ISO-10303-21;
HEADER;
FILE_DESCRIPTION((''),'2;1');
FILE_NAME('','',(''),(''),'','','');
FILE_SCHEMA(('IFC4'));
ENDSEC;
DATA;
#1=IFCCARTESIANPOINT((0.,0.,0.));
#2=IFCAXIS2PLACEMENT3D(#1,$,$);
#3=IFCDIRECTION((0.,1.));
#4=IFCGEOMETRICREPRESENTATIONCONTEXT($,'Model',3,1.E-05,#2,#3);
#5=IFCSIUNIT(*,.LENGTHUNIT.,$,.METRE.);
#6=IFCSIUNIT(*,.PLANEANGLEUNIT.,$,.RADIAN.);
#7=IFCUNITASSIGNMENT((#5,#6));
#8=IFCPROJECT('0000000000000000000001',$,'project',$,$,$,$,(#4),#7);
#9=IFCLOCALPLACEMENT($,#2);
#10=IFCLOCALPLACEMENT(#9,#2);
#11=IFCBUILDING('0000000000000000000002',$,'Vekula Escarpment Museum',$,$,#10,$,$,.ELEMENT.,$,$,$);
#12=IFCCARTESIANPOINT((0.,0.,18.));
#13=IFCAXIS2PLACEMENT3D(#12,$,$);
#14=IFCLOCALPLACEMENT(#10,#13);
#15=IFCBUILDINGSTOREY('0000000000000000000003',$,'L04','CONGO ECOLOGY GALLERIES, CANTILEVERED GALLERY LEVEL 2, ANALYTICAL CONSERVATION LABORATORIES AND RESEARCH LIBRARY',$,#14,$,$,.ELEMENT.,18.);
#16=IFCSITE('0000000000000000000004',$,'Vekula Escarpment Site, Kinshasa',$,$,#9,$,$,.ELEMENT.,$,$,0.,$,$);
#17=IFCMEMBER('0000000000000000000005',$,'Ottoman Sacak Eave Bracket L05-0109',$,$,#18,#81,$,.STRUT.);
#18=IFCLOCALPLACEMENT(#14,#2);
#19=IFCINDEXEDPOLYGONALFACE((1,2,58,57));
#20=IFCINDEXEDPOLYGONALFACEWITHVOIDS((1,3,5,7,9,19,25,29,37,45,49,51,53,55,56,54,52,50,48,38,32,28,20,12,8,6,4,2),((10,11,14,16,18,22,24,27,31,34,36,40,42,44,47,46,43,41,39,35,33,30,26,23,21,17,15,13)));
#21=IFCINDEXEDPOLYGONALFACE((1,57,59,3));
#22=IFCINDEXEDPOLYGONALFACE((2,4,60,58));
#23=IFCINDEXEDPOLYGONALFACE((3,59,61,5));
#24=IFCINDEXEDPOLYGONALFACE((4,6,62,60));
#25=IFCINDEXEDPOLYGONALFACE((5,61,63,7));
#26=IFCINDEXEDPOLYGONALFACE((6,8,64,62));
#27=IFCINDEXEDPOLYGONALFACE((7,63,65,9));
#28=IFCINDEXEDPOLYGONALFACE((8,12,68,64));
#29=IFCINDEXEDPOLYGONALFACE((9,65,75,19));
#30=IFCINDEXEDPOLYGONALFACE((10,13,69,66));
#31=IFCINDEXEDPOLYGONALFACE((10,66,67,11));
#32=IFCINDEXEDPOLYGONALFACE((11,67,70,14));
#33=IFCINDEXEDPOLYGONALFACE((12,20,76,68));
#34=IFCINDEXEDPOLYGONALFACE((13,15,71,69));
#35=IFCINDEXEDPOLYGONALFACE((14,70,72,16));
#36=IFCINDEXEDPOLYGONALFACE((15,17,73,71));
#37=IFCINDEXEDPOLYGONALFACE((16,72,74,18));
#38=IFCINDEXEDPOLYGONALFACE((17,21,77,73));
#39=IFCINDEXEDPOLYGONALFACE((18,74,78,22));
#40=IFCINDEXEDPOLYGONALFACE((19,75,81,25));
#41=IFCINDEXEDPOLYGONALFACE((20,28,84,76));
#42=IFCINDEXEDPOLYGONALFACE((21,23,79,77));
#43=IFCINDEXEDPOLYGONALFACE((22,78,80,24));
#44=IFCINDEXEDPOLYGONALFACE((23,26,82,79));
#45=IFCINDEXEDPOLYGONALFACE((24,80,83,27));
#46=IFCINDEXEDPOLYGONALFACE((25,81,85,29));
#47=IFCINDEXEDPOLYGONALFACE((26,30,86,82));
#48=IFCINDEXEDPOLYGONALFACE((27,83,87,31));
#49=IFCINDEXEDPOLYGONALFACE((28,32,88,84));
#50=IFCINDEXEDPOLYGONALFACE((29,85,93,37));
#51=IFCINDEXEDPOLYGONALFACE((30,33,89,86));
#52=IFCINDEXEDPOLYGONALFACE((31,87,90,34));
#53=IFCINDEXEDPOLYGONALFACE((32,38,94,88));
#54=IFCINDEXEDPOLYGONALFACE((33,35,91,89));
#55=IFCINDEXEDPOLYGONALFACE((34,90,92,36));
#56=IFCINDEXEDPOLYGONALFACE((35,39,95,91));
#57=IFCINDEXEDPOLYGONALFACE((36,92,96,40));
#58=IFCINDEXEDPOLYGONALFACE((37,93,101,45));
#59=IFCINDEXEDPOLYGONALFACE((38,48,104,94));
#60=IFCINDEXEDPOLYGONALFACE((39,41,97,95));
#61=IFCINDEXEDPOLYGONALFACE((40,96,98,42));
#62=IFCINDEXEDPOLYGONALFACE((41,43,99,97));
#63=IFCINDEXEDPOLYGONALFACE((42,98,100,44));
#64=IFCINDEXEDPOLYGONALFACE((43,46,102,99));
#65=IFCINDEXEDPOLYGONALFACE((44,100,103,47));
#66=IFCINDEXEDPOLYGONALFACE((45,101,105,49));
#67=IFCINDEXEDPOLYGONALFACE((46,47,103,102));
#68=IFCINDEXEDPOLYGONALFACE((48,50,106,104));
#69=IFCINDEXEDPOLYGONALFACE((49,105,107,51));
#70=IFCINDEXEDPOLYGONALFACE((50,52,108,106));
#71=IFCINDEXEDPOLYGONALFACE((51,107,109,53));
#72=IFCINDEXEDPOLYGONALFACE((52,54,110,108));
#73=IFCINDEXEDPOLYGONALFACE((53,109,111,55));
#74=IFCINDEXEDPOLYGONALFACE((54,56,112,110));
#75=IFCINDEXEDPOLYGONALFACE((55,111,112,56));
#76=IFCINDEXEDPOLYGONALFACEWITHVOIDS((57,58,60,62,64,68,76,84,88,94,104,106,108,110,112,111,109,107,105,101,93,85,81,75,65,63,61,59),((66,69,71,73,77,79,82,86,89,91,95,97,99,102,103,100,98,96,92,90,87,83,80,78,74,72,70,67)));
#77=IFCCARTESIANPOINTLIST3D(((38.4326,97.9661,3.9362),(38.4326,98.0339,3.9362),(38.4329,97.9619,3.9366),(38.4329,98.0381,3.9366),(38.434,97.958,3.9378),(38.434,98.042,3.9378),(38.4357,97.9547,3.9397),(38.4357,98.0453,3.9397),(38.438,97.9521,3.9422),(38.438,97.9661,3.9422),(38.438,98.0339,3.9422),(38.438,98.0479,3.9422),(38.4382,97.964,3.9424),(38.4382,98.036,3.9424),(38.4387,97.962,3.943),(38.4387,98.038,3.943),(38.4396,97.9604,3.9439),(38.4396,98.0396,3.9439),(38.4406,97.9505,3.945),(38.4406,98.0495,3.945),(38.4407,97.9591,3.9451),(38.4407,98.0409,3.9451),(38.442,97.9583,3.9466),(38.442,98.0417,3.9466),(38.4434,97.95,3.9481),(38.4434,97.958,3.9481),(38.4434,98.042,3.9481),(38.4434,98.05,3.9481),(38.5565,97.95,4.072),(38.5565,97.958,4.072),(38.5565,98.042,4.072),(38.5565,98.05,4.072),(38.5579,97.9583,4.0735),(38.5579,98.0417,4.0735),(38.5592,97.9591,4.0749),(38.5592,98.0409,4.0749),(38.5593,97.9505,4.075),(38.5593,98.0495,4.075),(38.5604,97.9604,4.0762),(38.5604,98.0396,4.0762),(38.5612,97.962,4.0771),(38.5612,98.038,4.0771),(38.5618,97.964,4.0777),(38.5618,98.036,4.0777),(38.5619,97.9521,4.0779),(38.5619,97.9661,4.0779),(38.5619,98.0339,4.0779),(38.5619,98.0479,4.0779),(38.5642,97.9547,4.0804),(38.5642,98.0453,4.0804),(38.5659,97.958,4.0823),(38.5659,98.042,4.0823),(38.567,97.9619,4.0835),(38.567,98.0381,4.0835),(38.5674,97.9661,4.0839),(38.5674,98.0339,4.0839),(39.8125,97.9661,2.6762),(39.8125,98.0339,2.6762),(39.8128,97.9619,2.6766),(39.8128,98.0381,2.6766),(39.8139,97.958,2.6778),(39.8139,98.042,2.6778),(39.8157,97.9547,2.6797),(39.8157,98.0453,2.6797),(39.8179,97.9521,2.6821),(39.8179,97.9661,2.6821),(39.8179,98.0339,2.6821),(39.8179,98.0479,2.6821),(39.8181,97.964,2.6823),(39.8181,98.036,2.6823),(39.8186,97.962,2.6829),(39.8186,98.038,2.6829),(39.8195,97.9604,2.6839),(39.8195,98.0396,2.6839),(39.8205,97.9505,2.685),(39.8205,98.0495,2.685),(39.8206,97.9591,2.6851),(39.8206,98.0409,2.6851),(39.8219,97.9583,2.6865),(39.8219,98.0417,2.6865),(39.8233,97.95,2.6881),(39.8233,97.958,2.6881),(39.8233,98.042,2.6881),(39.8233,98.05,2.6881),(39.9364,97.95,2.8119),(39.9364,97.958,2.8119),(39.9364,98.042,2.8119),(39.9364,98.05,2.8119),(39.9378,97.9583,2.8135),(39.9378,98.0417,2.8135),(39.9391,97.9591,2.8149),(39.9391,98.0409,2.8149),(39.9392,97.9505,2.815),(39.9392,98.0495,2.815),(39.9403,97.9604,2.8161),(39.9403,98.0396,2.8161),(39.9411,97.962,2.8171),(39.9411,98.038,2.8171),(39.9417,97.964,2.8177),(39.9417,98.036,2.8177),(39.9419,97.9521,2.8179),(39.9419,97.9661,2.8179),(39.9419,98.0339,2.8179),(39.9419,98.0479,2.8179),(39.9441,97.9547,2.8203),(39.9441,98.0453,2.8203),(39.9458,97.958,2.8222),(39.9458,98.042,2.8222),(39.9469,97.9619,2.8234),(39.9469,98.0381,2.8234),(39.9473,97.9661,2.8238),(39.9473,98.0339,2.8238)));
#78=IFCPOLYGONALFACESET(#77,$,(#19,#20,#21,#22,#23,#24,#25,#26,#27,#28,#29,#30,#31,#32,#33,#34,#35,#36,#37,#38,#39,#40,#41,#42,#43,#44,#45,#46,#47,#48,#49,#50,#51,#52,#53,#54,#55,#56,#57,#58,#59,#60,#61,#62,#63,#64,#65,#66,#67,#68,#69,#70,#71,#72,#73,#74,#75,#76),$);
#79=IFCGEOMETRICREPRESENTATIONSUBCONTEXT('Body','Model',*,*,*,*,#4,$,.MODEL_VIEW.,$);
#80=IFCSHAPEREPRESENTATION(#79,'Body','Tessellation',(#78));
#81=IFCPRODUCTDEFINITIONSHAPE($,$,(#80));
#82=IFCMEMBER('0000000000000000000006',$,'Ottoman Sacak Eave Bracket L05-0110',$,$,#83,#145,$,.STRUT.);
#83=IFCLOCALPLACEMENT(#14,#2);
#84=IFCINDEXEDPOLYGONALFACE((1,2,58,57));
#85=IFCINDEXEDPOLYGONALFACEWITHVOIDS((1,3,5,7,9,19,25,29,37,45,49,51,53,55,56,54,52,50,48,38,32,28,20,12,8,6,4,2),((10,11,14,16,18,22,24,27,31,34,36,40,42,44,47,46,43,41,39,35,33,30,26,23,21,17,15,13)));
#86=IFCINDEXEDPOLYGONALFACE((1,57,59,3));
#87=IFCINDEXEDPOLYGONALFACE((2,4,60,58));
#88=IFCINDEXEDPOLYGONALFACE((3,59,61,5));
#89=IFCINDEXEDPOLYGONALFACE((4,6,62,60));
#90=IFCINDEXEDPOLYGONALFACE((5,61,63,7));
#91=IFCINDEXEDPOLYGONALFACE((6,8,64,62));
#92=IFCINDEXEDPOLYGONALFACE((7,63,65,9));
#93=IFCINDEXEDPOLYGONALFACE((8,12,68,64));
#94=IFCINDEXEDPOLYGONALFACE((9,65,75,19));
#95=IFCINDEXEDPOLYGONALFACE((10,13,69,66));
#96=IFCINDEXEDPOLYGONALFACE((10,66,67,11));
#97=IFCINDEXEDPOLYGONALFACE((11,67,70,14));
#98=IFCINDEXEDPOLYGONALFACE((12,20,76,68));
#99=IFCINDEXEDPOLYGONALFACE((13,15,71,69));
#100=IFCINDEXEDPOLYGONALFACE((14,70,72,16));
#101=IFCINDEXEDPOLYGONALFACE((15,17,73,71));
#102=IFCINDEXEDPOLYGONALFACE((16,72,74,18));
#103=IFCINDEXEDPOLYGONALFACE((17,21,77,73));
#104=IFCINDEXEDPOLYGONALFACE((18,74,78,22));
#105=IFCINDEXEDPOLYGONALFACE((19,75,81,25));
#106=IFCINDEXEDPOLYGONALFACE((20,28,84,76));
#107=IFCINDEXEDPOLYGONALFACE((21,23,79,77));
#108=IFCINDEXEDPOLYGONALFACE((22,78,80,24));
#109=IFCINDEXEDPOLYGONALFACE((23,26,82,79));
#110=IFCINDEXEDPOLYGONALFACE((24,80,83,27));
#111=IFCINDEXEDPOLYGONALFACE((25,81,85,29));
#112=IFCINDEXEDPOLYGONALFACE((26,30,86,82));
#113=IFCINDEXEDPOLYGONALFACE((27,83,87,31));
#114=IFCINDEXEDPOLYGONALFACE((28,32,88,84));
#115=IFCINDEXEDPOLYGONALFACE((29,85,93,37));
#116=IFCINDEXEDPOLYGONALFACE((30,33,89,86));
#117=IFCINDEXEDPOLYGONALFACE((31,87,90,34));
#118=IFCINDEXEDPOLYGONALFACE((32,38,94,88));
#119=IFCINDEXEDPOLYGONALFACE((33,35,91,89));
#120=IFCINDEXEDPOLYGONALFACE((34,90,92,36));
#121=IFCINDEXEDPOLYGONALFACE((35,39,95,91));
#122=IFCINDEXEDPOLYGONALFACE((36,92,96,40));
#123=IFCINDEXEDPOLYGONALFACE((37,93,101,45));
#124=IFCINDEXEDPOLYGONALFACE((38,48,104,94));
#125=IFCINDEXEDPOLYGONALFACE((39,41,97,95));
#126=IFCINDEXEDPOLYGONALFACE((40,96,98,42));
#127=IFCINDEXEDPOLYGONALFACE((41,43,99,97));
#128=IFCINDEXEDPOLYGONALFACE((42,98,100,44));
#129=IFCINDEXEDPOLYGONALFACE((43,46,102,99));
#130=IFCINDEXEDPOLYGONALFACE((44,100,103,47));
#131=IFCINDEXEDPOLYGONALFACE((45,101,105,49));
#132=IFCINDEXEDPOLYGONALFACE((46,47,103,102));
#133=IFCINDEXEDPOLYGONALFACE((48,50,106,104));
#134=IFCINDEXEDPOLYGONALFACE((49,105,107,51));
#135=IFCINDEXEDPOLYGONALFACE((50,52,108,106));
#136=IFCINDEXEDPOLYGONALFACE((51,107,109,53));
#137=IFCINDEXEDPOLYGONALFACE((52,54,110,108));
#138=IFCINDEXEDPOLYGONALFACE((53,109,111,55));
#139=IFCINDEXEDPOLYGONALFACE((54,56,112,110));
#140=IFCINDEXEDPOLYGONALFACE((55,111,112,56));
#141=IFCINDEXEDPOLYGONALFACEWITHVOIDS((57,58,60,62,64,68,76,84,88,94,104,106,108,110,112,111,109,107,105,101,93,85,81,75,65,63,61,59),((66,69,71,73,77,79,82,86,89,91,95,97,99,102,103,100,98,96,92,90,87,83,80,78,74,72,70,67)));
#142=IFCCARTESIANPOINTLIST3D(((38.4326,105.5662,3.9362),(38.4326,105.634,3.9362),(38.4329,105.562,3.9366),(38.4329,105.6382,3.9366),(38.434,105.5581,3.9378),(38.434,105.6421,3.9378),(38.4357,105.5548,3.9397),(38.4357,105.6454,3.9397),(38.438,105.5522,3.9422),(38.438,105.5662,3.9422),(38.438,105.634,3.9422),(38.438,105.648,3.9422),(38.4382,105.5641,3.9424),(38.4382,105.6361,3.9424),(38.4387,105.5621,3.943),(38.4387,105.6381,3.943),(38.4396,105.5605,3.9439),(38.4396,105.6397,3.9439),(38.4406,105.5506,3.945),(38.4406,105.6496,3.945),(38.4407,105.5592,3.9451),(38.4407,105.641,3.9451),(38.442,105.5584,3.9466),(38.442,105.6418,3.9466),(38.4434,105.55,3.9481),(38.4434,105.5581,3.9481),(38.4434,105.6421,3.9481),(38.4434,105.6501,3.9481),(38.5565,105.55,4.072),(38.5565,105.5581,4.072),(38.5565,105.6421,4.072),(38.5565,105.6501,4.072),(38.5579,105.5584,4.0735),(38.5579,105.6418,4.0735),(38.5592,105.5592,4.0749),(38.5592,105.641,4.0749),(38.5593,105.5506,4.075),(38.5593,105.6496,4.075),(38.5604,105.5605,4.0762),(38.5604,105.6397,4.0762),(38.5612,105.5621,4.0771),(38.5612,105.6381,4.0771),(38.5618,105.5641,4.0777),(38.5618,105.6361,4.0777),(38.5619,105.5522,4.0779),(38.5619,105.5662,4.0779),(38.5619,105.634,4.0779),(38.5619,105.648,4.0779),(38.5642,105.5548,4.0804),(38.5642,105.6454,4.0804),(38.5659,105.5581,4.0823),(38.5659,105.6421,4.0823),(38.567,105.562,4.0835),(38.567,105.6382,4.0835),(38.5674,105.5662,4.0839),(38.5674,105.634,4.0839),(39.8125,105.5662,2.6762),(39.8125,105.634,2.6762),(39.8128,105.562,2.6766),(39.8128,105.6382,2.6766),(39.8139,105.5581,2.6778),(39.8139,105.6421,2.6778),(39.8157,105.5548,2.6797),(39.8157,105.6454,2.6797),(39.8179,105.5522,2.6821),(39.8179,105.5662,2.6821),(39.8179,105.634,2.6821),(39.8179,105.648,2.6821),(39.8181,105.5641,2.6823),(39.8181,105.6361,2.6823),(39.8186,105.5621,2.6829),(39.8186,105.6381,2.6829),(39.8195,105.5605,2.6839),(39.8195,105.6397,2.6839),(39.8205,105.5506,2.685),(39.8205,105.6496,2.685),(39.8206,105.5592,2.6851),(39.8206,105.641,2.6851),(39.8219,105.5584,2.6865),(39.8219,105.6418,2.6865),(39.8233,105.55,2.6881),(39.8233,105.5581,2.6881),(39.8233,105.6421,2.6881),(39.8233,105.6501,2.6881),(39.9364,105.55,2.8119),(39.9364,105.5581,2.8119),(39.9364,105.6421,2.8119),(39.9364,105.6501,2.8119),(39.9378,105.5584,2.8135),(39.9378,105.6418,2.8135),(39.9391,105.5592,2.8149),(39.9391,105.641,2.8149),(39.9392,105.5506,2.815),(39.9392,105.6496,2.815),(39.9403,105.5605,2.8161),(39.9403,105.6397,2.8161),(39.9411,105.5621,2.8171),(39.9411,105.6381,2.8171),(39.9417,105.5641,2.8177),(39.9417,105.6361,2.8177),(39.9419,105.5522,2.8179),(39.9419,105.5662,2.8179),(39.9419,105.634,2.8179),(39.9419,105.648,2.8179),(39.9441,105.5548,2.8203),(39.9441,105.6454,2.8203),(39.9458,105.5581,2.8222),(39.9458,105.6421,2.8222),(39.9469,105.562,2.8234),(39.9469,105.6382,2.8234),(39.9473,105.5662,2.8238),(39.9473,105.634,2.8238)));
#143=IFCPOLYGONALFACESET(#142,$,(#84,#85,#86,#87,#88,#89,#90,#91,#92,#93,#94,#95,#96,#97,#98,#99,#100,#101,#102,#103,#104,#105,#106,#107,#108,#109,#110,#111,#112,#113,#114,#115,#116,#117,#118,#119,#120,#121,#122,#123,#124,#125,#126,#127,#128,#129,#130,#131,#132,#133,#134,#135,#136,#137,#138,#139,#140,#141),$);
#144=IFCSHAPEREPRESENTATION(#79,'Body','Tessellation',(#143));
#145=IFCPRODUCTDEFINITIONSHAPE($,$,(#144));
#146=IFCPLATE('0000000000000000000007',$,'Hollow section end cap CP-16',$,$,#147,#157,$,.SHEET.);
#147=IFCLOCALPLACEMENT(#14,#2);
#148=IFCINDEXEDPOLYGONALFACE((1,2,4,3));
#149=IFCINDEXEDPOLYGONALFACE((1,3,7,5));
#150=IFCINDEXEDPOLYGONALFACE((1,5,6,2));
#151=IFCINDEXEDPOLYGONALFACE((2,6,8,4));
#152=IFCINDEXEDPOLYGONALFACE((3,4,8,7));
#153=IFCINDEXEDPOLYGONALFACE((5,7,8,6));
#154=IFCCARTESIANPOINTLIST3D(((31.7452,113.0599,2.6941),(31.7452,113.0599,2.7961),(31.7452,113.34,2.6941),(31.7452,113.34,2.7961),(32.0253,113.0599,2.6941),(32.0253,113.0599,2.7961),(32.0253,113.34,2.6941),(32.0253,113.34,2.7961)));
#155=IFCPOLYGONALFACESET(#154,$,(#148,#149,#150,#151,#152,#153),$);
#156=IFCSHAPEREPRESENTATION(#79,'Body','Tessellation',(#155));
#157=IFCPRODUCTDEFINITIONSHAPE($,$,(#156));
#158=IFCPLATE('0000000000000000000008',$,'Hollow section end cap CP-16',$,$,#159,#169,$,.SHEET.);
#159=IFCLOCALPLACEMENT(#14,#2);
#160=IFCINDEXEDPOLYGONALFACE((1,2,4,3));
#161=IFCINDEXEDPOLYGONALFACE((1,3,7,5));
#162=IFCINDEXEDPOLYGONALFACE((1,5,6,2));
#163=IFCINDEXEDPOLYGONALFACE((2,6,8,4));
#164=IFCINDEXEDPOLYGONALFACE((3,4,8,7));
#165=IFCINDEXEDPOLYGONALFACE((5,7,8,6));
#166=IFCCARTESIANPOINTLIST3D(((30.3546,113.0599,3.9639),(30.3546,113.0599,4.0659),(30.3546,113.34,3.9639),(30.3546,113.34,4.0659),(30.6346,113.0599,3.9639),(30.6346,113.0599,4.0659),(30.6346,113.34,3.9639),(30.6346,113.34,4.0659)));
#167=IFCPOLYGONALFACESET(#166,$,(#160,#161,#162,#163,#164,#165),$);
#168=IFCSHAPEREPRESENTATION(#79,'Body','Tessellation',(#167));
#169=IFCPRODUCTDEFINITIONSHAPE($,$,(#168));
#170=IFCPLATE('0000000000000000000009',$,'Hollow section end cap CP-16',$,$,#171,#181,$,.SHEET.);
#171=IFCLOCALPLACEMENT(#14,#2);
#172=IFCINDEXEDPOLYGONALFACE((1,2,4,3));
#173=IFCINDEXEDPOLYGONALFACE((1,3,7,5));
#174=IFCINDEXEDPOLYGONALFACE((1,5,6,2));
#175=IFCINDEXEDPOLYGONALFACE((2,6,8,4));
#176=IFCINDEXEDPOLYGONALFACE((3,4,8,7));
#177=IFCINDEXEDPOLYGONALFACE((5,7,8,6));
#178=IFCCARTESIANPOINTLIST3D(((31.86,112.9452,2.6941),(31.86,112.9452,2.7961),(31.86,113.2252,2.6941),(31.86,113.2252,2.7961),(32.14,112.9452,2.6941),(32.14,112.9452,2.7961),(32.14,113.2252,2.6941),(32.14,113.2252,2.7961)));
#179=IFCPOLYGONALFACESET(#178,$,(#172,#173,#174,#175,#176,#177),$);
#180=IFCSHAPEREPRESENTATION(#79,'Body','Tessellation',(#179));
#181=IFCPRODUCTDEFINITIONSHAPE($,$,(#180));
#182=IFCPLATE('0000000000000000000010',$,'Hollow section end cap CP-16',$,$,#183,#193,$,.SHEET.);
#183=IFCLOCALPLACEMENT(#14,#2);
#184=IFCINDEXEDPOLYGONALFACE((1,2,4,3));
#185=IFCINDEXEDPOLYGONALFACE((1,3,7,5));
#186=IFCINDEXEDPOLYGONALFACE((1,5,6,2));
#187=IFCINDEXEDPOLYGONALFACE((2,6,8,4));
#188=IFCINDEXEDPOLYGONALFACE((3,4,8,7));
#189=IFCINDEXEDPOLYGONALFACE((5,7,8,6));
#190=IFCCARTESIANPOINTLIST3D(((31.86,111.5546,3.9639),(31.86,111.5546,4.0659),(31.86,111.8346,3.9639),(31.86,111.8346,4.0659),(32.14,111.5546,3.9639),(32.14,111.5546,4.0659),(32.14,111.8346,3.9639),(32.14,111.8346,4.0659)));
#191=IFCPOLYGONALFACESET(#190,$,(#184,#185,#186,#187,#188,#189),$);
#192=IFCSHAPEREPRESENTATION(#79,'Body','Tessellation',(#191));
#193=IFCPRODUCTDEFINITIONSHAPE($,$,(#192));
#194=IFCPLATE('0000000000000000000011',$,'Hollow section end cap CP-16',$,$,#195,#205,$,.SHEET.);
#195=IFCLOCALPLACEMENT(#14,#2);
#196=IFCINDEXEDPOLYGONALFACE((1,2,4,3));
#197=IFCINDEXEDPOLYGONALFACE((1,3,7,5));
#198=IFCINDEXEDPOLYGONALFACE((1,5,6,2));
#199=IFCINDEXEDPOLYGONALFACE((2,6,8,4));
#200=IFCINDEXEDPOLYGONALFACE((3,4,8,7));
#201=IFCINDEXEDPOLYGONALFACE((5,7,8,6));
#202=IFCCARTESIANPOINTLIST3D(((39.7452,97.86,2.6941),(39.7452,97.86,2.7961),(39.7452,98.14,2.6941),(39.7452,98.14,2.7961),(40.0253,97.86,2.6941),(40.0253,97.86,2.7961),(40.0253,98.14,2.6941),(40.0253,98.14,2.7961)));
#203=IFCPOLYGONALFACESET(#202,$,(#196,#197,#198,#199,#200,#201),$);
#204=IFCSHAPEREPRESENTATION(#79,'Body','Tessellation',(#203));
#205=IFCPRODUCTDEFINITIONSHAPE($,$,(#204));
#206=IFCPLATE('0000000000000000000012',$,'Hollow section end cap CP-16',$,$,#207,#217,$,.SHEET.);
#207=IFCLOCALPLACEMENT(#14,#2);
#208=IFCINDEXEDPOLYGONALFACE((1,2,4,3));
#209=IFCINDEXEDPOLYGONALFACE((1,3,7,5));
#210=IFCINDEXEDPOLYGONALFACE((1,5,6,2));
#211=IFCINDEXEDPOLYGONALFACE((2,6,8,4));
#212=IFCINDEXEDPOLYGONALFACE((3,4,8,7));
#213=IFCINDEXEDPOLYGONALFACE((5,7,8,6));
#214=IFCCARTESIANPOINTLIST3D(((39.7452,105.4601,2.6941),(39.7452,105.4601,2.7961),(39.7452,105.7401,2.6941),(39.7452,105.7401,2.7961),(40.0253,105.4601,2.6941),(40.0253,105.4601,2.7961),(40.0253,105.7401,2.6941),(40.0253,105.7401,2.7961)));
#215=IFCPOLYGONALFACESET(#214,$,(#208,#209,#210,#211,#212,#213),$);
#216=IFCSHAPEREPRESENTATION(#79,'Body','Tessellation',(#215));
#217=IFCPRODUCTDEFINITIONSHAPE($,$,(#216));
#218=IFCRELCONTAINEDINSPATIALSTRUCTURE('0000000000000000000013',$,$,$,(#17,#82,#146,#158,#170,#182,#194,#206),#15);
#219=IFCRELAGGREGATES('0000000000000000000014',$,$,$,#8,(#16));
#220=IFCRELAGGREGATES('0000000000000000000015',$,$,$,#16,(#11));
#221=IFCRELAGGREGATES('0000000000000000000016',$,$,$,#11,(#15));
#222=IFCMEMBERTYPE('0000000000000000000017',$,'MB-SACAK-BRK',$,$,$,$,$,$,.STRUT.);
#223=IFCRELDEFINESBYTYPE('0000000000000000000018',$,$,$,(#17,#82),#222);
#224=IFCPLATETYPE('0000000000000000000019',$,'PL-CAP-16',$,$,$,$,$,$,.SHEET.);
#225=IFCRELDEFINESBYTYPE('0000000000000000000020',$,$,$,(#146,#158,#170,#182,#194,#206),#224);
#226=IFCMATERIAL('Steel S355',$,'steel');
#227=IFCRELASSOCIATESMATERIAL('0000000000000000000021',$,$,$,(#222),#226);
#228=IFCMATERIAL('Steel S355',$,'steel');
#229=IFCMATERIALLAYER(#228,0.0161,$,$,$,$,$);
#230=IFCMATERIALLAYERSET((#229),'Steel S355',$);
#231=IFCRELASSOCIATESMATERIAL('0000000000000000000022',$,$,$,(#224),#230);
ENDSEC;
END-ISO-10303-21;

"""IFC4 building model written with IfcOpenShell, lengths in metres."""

from ifc_helpers import new_model, si_unit, direction, frame, origin, origin_2d, place, context, subcontext, project, spatial, rectangle, hollow_rectangle, extrude, material, layer, layer_set, material_profile, profile_set, type_object, element, save


model = new_model("IFC4")

# Units and contexts
model_context = context("Model", 3, precision=1e-05, world=origin(), true_north=direction((0.0, 1.0)))
body_context = subcontext(model_context, "Body", "Model", "MODEL_VIEW")
ifc_project = project(units=[si_unit("LENGTHUNIT", "METRE"), si_unit("PLANEANGLEUNIT", "RADIAN")], contexts=[model_context])

# Site, building, storey
site_placement = place(None, origin())
site = spatial("IfcSite", under=ifc_project, at=site_placement, Name="Vekula Escarpment Site, Kinshasa", CompositionType="ELEMENT", RefElevation=0.0)
building_placement = place(site_placement, origin())
building = spatial("IfcBuilding", under=site, at=building_placement, Name="Vekula Escarpment Museum", CompositionType="ELEMENT")
storey_placement = place(building_placement, frame((0.0, 0.0, 18.0)))
storey = spatial("IfcBuildingStorey", under=building, at=storey_placement, Name="L04", Description="CONGO ECOLOGY GALLERIES, CANTILEVERED GALLERY LEVEL 2, ANALYTICAL CONSERVATION LABORATORIES AND RESEARCH LIBRARY", CompositionType="ELEMENT", Elevation=18.0)

# Members
ifc_material_1 = material(Name="Steel S355", Category="steel")
ifc_material_profile_1 = material_profile(ifc_material_1, hollow_rectangle(XDim=0.1001, YDim=0.2, WallThickness=0.0081, InnerFilletRadius=0.0081, OuterFilletRadius=0.0161, at=origin_2d()), Name="RHS 200x100x8")
ifc_profile_set_1 = profile_set([ifc_material_profile_1], Name="Steel S355")
member_type = type_object("IfcMemberType", Name="MB-SACAK-BRK", PredefinedType="STRUT", material=ifc_profile_set_1)
for number, where, z_axis, x_axis, name in (
    (1, (39.8799, 98.0, 2.75), (-0.738454, 0.0, 0.674303), (0.0, -1.0, 0.0), "Ottoman Sacak Eave Bracket L05-0109"),
    (2, (39.8799, 105.6001, 2.75), (-0.738454, 0.0, 0.674303), (0.0, -1.0, 0.0), "Ottoman Sacak Eave Bracket L05-0110"),
):
    element("IfcMember", number, at=place(storey_placement, frame(where, z_axis=z_axis, x_axis=x_axis)), inside=storey, type_object=member_type, Name=name, PredefinedType="STRUT", context=body_context, shape_type="SweptSolid", body=[
        extrude(hollow_rectangle(XDim=0.1001, YDim=0.2, WallThickness=0.0081, InnerFilletRadius=0.0081, OuterFilletRadius=0.0161, at=origin_2d()), origin(), (0.0, 0.0, 1.0), 1.8687),
    ])

# Plates
ifc_material_2 = material(Name="Steel S355", Category="steel")
ifc_layer_1 = layer(ifc_material_2, 0.0161)
ifc_layer_set_1 = layer_set([ifc_layer_1], Name="Steel S355")
plate_type_1 = type_object("IfcPlateType", Name="PL-CAP-16", PredefinedType="SHEET", material=ifc_layer_set_1)
for number, where, z_axis, x_axis, name in (
    (3, (31.8853, 113.2, 2.6941), (0.0, 0.0, 1.0), (1.0, 0.0, 0.0), "Hollow section end cap CP-16"),
    (4, (30.4946, 113.2, 3.9639), (0.0, 0.0, 1.0), (1.0, 0.0, 0.0), "Hollow section end cap CP-16"),
    (5, (32.0, 113.0852, 2.6941), (0.0, 0.0, 1.0), (1.0, 0.0, 0.0), "Hollow section end cap CP-16"),
    (6, (32.0, 111.6946, 3.9639), (0.0, 0.0, 1.0), (1.0, 0.0, 0.0), "Hollow section end cap CP-16"),
    (7, (39.8853, 98.0, 2.6941), (0.0, 0.0, 1.0), (1.0, 0.0, 0.0), "Hollow section end cap CP-16"),
    (8, (39.8853, 105.6001, 2.6941), (0.0, 0.0, 1.0), (1.0, 0.0, 0.0), "Hollow section end cap CP-16"),
):
    element("IfcPlate", number, at=place(storey_placement, frame(where, z_axis=z_axis, x_axis=x_axis)), inside=storey, type_object=plate_type_1, Name=name, PredefinedType="SHEET", context=body_context, shape_type="SweptSolid", body=[
        extrude(rectangle(XDim=0.28, YDim=0.28, at=origin_2d()), origin(), (0.0, 0.0, 1.0), 0.1021),
    ])

save(model, "model.ifc")
